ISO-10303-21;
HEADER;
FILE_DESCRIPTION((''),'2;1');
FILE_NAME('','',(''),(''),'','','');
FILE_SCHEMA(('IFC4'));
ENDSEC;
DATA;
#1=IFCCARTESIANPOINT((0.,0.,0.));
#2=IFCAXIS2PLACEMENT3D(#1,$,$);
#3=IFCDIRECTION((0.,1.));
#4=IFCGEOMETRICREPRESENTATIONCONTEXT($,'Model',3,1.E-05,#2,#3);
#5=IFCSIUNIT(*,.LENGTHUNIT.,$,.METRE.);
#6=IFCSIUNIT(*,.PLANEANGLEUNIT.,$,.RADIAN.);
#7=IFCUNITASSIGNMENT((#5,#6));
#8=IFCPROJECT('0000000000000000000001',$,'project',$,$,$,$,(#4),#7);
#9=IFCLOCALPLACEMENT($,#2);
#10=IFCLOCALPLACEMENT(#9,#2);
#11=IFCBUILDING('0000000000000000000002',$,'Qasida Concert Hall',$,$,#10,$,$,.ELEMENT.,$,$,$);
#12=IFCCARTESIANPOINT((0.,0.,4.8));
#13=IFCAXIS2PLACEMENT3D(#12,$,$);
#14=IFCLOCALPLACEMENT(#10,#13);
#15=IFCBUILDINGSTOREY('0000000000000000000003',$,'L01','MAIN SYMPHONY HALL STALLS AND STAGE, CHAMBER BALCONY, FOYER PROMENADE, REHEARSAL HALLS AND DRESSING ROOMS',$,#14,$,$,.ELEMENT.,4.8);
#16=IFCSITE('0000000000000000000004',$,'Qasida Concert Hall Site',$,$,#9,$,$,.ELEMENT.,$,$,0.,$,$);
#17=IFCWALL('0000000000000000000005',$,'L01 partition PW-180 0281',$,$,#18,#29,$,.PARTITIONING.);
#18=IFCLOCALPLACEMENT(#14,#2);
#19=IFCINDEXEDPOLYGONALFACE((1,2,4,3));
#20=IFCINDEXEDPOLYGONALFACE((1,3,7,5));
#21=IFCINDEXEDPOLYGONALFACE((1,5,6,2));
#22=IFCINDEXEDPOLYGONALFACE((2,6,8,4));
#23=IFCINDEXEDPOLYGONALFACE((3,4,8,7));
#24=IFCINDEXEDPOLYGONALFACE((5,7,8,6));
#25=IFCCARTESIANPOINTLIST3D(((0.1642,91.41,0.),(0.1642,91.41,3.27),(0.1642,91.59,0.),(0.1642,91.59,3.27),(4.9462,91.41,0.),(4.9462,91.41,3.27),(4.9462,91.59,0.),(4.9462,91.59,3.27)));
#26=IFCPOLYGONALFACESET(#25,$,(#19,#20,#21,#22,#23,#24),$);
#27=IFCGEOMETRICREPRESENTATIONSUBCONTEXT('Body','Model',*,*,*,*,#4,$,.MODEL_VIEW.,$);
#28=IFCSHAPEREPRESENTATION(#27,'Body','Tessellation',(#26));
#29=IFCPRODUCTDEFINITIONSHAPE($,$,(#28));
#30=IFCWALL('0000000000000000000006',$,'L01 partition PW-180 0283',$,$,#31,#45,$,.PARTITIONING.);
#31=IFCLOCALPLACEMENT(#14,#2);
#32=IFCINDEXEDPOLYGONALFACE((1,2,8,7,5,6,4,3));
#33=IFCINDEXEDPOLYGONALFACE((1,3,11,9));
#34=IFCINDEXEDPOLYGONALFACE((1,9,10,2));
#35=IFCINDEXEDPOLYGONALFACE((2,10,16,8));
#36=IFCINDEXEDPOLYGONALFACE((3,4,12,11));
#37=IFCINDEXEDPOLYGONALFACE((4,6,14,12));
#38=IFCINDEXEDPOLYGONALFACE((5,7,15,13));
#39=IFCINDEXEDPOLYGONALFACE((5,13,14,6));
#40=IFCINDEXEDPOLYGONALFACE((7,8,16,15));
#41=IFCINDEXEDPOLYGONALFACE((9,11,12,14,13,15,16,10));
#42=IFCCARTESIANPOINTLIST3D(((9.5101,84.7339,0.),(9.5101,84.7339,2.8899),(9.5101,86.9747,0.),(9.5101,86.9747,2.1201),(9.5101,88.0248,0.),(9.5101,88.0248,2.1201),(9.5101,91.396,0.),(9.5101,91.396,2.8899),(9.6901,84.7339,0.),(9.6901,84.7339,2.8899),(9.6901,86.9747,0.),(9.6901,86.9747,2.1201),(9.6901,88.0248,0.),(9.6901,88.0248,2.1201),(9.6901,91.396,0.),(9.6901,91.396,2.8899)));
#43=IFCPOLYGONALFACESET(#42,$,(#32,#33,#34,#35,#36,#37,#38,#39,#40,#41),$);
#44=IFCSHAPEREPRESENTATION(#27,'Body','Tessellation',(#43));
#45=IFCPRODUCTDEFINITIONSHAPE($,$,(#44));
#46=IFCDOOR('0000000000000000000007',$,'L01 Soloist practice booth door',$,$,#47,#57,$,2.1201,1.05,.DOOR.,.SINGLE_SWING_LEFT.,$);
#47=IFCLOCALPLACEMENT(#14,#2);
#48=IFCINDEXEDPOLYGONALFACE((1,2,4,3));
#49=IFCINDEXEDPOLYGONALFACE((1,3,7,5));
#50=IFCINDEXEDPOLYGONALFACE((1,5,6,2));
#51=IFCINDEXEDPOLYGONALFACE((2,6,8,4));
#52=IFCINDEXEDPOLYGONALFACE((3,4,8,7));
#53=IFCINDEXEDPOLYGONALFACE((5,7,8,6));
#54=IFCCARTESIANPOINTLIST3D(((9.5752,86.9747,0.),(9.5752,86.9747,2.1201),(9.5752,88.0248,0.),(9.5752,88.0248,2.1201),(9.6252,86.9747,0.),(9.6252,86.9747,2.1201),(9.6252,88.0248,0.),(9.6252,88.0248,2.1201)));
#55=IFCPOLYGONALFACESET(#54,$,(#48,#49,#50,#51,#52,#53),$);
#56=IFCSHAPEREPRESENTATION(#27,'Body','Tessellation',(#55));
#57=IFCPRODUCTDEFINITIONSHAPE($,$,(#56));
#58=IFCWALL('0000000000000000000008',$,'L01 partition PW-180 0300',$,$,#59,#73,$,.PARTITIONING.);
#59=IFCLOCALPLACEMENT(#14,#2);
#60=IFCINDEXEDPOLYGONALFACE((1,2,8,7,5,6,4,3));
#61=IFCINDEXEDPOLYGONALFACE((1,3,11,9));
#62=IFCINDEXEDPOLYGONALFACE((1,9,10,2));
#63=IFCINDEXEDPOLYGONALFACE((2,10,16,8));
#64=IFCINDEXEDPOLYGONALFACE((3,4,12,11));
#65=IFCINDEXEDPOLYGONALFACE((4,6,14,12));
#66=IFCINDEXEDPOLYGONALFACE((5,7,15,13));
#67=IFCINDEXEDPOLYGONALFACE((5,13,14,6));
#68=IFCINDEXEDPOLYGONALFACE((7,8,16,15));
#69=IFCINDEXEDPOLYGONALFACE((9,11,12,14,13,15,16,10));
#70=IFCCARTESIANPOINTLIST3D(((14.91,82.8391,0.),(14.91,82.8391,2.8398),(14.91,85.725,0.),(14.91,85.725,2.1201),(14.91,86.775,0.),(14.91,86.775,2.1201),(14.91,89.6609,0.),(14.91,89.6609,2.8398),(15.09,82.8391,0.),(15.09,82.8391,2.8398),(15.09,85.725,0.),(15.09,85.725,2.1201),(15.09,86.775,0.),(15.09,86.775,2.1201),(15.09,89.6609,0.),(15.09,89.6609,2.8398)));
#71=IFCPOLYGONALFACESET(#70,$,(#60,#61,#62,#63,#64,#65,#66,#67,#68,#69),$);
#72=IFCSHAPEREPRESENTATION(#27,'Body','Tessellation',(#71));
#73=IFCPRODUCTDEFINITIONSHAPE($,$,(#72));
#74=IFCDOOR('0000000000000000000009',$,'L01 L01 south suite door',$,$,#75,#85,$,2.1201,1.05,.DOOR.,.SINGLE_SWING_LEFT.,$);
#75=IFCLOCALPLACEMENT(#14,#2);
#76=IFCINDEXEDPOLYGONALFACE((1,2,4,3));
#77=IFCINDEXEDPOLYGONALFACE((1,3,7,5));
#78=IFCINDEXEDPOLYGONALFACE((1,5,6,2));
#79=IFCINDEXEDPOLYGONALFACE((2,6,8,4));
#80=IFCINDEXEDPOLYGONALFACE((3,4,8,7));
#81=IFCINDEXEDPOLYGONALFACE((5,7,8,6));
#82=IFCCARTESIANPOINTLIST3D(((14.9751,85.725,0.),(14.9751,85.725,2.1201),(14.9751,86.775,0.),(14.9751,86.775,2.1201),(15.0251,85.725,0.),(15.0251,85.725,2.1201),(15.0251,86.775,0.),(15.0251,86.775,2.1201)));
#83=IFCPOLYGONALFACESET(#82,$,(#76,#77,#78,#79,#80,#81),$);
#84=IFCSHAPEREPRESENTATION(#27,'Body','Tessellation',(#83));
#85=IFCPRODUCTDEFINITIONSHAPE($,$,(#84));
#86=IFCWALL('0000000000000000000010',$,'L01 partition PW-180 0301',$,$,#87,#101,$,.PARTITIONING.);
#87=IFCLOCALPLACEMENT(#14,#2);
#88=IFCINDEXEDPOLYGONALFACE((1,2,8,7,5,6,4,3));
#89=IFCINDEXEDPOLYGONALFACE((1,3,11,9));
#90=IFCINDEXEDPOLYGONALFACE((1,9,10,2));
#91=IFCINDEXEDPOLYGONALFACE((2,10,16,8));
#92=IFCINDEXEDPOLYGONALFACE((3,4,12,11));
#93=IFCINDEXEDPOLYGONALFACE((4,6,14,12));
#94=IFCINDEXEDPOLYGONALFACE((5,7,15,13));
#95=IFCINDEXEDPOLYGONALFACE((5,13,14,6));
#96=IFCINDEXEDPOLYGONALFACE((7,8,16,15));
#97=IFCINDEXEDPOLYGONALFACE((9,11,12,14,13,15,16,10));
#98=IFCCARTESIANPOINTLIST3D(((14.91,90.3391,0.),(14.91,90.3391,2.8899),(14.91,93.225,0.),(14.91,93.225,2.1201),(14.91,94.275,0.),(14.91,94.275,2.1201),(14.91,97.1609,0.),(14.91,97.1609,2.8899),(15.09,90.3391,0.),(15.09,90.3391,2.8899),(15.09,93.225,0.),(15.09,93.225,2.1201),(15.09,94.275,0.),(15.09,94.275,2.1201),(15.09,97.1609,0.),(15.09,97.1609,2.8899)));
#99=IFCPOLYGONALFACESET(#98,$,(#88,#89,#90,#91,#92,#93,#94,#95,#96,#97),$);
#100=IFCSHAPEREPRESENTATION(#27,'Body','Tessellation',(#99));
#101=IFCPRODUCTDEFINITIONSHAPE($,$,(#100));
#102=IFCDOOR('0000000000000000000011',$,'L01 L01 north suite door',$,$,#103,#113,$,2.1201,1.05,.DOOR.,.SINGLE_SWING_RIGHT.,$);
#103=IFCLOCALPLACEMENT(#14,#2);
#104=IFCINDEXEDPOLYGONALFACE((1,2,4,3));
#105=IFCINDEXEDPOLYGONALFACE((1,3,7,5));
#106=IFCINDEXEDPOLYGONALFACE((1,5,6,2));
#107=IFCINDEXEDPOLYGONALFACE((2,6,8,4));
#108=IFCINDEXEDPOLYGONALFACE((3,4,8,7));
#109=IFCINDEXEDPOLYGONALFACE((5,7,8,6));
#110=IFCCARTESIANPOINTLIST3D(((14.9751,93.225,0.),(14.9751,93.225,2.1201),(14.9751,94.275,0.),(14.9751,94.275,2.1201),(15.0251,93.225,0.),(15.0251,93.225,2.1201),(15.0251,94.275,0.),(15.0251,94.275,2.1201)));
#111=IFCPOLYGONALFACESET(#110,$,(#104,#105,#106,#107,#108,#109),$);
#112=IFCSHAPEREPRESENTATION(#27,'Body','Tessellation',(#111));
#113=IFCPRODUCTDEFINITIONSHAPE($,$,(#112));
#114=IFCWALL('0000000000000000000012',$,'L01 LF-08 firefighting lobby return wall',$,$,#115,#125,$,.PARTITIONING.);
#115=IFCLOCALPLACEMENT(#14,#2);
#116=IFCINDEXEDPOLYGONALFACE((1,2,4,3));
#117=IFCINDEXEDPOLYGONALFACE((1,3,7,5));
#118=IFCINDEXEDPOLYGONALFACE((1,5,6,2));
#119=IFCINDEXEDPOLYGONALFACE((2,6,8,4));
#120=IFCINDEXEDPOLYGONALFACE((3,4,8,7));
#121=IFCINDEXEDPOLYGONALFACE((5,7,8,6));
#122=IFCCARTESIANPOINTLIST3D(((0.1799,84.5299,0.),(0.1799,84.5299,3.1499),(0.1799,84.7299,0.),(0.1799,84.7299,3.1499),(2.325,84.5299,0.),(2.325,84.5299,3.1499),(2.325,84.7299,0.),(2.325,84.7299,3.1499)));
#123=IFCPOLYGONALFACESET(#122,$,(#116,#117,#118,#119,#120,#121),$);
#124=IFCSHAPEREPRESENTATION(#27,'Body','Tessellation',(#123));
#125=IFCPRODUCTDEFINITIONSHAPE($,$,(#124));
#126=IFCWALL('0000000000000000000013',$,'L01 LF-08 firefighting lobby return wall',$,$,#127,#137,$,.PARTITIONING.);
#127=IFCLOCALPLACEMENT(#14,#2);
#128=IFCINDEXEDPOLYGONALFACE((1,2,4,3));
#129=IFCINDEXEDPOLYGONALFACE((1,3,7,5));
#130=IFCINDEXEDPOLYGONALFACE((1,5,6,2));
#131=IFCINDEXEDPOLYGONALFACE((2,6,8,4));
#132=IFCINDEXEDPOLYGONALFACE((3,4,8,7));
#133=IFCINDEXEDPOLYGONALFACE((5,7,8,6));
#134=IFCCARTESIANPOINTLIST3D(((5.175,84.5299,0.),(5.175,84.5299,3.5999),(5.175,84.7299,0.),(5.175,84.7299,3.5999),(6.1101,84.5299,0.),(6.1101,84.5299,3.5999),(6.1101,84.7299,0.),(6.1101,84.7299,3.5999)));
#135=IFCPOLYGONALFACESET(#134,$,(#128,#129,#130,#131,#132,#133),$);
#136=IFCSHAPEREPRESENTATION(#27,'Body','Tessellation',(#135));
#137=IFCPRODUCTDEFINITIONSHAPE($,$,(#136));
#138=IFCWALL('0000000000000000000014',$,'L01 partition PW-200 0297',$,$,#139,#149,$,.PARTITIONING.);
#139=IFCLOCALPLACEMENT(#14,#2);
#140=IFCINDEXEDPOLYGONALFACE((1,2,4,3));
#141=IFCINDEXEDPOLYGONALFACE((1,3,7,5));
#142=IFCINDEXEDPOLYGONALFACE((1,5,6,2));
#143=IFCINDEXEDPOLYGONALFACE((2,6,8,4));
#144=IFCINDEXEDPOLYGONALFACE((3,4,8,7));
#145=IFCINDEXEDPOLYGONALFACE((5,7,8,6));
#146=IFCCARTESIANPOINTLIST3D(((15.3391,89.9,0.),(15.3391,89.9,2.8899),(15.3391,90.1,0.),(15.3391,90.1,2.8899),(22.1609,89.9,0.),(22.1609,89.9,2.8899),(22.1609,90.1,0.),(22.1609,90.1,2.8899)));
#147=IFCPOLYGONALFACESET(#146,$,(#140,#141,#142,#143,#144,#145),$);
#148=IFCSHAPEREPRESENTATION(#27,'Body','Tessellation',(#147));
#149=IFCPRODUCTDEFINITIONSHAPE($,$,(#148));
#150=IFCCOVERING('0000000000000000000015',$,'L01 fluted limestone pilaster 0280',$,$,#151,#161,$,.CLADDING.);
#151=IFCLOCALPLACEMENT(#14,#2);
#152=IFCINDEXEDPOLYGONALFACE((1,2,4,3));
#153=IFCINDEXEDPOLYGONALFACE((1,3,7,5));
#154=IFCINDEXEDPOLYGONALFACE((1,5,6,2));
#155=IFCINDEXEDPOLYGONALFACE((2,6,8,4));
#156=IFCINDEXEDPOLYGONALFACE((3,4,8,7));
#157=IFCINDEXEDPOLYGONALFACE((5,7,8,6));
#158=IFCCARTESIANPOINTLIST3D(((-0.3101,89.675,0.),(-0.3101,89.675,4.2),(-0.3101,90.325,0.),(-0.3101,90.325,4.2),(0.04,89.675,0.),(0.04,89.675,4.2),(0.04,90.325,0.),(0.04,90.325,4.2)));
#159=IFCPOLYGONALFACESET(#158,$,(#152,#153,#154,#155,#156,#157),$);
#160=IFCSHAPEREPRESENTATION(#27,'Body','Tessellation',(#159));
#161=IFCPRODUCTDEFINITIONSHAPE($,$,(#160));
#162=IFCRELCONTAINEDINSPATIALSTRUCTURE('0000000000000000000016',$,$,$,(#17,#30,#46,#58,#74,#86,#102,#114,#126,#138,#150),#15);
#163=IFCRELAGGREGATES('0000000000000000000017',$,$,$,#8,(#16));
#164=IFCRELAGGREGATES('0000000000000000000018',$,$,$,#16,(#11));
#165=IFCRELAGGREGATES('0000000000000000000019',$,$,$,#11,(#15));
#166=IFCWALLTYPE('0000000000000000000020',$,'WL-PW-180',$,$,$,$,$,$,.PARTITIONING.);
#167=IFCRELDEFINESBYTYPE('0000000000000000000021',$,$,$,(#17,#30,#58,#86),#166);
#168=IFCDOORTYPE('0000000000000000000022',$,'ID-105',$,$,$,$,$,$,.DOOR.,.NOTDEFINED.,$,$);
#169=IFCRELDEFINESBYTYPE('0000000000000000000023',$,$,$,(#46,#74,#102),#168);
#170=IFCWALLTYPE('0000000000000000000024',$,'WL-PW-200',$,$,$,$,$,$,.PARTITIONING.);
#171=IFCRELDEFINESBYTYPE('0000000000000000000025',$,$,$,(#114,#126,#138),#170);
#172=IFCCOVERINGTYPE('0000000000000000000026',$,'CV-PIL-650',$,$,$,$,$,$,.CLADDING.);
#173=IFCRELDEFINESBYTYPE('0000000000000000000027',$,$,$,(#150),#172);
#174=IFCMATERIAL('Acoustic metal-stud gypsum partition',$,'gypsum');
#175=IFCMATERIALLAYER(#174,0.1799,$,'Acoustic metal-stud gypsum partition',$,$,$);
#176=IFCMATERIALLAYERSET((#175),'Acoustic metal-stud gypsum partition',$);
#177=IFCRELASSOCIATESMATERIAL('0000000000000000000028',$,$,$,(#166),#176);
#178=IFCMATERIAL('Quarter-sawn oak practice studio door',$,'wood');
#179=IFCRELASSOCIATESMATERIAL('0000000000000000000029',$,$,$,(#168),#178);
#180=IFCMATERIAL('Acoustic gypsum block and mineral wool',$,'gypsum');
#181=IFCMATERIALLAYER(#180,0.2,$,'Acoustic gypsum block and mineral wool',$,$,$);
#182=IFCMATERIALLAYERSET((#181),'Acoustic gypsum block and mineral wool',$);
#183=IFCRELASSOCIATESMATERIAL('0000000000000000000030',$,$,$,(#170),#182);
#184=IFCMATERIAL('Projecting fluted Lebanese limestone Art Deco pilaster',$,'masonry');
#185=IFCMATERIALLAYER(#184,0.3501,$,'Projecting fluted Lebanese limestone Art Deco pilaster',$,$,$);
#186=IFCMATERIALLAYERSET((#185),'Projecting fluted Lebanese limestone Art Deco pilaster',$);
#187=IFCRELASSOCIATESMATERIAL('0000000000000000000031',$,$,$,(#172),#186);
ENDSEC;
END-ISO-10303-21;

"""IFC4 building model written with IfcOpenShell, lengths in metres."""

from ifc_helpers import new_model, si_unit, direction, frame, frame_2d, origin, origin_2d, place, context, subcontext, project, spatial, rectangle, extrude, material, layer, layer_set, type_object, element, fill, save


model = new_model("IFC4")

# Units and contexts
model_context = context("Model", 3, precision=1e-05, world=origin(), true_north=direction((0.0, 1.0)))
body_context = subcontext(model_context, "Body", "Model", "MODEL_VIEW")
ifc_project = project(units=[si_unit("LENGTHUNIT", "METRE"), si_unit("PLANEANGLEUNIT", "RADIAN")], contexts=[model_context])

# Site, building, storey
site_placement = place(None, origin())
site = spatial("IfcSite", under=ifc_project, at=site_placement, Name="Qasida Concert Hall Site", CompositionType="ELEMENT", RefElevation=0.0)
building_placement = place(site_placement, origin())
building = spatial("IfcBuilding", under=site, at=building_placement, Name="Qasida Concert Hall", CompositionType="ELEMENT")
storey_placement = place(building_placement, frame((0.0, 0.0, 4.8)))
storey = spatial("IfcBuildingStorey", under=building, at=storey_placement, Name="L01", Description="MAIN SYMPHONY HALL STALLS AND STAGE, CHAMBER BALCONY, FOYER PROMENADE, REHEARSAL HALLS AND DRESSING ROOMS", CompositionType="ELEMENT", Elevation=4.8)

# Wall
ifc_material_1 = material(Name="Acoustic metal-stud gypsum partition", Category="gypsum")
ifc_layer_1 = layer(ifc_material_1, 0.1799, Name="Acoustic metal-stud gypsum partition")
ifc_layer_set_1 = layer_set([ifc_layer_1], Name="Acoustic metal-stud gypsum partition")
wall_type_1 = type_object("IfcWallType", Name="WL-PW-180", PredefinedType="PARTITIONING", material=ifc_layer_set_1)
wall_1_placement = place(storey_placement, frame((0.1641, 91.5, 0.0), z_axis=(0.0, 0.0, 1.0), x_axis=(1.0, 0.0, 0.0)))
element("IfcWall", 1, at=wall_1_placement, inside=storey, type_object=wall_type_1, Name="L01 partition PW-180 0281", PredefinedType="PARTITIONING", context=body_context, shape_type="SweptSolid", body=[
    extrude(rectangle(XDim=4.782, YDim=0.1799, at=frame_2d((2.3911, 0.0))), origin(), (0.0, 0.0, 1.0), 3.27),
])

# Walls, openings, doors
wall_2_placement = place(storey_placement, frame((9.6001, 84.7339, 0.0), z_axis=(0.0, 0.0, 1.0), x_axis=(0.0, 1.0, 0.0)))
wall_2 = element("IfcWall", 2, at=wall_2_placement, inside=storey, type_object=wall_type_1, Name="L01 partition PW-180 0283", PredefinedType="PARTITIONING", context=body_context, shape_type="SweptSolid", body=[
    extrude(rectangle(XDim=6.6621, YDim=0.1799, at=frame_2d((3.3311, 0.0))), origin(), (0.0, 0.0, 1.0), 2.8899),
])
opening_1_placement = place(wall_2_placement, frame((2.241, 0.0, 0.0)))
opening_1 = element("IfcOpeningElement", 3, at=opening_1_placement, cuts=wall_2, PredefinedType="OPENING", context=body_context, shape_type="SweptSolid", body=[
    extrude(rectangle(XDim=1.05, YDim=2.1201, at=frame_2d((0.5249, 1.0601))), frame((0.0, 0.0999, 0.0), z_axis=(0.0, -1.0, 0.0), x_axis=(1.0, 0.0, 0.0)), (0.0, 0.0, 1.0), 0.2),
])
ifc_material_2 = material(Name="Quarter-sawn oak practice studio door", Category="wood")
door_type_1 = type_object("IfcDoorType", Name="ID-105", OperationType="NOTDEFINED", PredefinedType="DOOR", material=ifc_material_2)
door_1_placement = place(opening_1_placement, origin())
door_1 = element("IfcDoor", 4, at=door_1_placement, inside=storey, type_object=door_type_1, Name="L01 Soloist practice booth door", OperationType="SINGLE_SWING_LEFT", OverallHeight=2.1201, OverallWidth=1.05, PredefinedType="DOOR", context=body_context, shape_type="SweptSolid", body=[
    extrude(rectangle(XDim=1.05, YDim=2.1201, at=frame_2d((0.5249, 1.0601))), frame((0.0, 0.0249, 0.0), z_axis=(0.0, -1.0, 0.0), x_axis=(1.0, 0.0, 0.0)), (0.0, 0.0, 1.0), 0.05),
])
fill(opening_1, door_1)
wall_3_placement = place(storey_placement, frame((15.0, 82.8391, 0.0), z_axis=(0.0, 0.0, 1.0), x_axis=(0.0, 1.0, 0.0)))
wall_3 = element("IfcWall", 5, at=wall_3_placement, inside=storey, type_object=wall_type_1, Name="L01 partition PW-180 0300", PredefinedType="PARTITIONING", context=body_context, shape_type="SweptSolid", body=[
    extrude(rectangle(XDim=6.8218, YDim=0.1799, at=frame_2d((3.4109, 0.0))), origin(), (0.0, 0.0, 1.0), 2.8398),
])
opening_2_placement = place(wall_3_placement, frame((2.886, 0.0, 0.0)))
opening_2 = element("IfcOpeningElement", 6, at=opening_2_placement, cuts=wall_3, PredefinedType="OPENING", context=body_context, shape_type="SweptSolid", body=[
    extrude(rectangle(XDim=1.05, YDim=2.1201, at=frame_2d((0.5249, 1.0601))), frame((0.0, 0.0999, 0.0), z_axis=(0.0, -1.0, 0.0), x_axis=(1.0, 0.0, 0.0)), (0.0, 0.0, 1.0), 0.2),
])
door_2_placement = place(opening_2_placement, origin())
door_2 = element("IfcDoor", 7, at=door_2_placement, inside=storey, type_object=door_type_1, Name="L01 L01 south suite door", OperationType="SINGLE_SWING_LEFT", OverallHeight=2.1201, OverallWidth=1.05, PredefinedType="DOOR", context=body_context, shape_type="SweptSolid", body=[
    extrude(rectangle(XDim=1.05, YDim=2.1201, at=frame_2d((0.5249, 1.0601))), frame((0.0, 0.0249, 0.0), z_axis=(0.0, -1.0, 0.0), x_axis=(1.0, 0.0, 0.0)), (0.0, 0.0, 1.0), 0.05),
])
fill(opening_2, door_2)
wall_4_placement = place(storey_placement, frame((15.0, 90.3391, 0.0), z_axis=(0.0, 0.0, 1.0), x_axis=(0.0, 1.0, 0.0)))
wall_4 = element("IfcWall", 8, at=wall_4_placement, inside=storey, type_object=wall_type_1, Name="L01 partition PW-180 0301", PredefinedType="PARTITIONING", context=body_context, shape_type="SweptSolid", body=[
    extrude(rectangle(XDim=6.8218, YDim=0.1799, at=frame_2d((3.4109, 0.0))), origin(), (0.0, 0.0, 1.0), 2.8899),
])
opening_3_placement = place(wall_4_placement, frame((2.886, 0.0, 0.0)))
opening_3 = element("IfcOpeningElement", 9, at=opening_3_placement, cuts=wall_4, PredefinedType="OPENING", context=body_context, shape_type="SweptSolid", body=[
    extrude(rectangle(XDim=1.05, YDim=2.1201, at=frame_2d((0.5249, 1.0601))), frame((0.0, 0.0999, 0.0), z_axis=(0.0, -1.0, 0.0), x_axis=(1.0, 0.0, 0.0)), (0.0, 0.0, 1.0), 0.2),
])
door_3_placement = place(opening_3_placement, origin())
door_3 = element("IfcDoor", 10, at=door_3_placement, inside=storey, type_object=door_type_1, Name="L01 L01 north suite door", OperationType="SINGLE_SWING_RIGHT", OverallHeight=2.1201, OverallWidth=1.05, PredefinedType="DOOR", context=body_context, shape_type="SweptSolid", body=[
    extrude(rectangle(XDim=1.05, YDim=2.1201, at=frame_2d((0.5249, 1.0601))), frame((0.0, 0.0249, 0.0), z_axis=(0.0, -1.0, 0.0), x_axis=(1.0, 0.0, 0.0)), (0.0, 0.0, 1.0), 0.05),
])
fill(opening_3, door_3)

# Walls
ifc_material_3 = material(Name="Acoustic gypsum block and mineral wool", Category="gypsum")
ifc_layer_2 = layer(ifc_material_3, 0.2, Name="Acoustic gypsum block and mineral wool")
ifc_layer_set_2 = layer_set([ifc_layer_2], Name="Acoustic gypsum block and mineral wool")
wall_type_2 = type_object("IfcWallType", Name="WL-PW-200", PredefinedType="PARTITIONING", material=ifc_layer_set_2)
wall_5_placement = place(storey_placement, frame((0.1799, 84.6299, 0.0), z_axis=(0.0, 0.0, 1.0), x_axis=(1.0, 0.0, 0.0)))
element("IfcWall", 11, at=wall_5_placement, inside=storey, type_object=wall_type_2, Name="L01 LF-08 firefighting lobby return wall", PredefinedType="PARTITIONING", context=body_context, shape_type="SweptSolid", body=[
    extrude(rectangle(XDim=2.145, YDim=0.2, at=frame_2d((1.0725, 0.0))), origin(), (0.0, 0.0, 1.0), 3.1499),
])
wall_6_placement = place(storey_placement, frame((5.175, 84.6299, 0.0), z_axis=(0.0, 0.0, 1.0), x_axis=(1.0, 0.0, 0.0)))
element("IfcWall", 12, at=wall_6_placement, inside=storey, type_object=wall_type_2, Name="L01 LF-08 firefighting lobby return wall", PredefinedType="PARTITIONING", context=body_context, shape_type="SweptSolid", body=[
    extrude(rectangle(XDim=0.9351, YDim=0.2, at=frame_2d((0.4675, 0.0))), origin(), (0.0, 0.0, 1.0), 3.5999),
])
wall_7_placement = place(storey_placement, frame((15.3391, 90.0, 0.0), z_axis=(0.0, 0.0, 1.0), x_axis=(1.0, 0.0, 0.0)))
element("IfcWall", 13, at=wall_7_placement, inside=storey, type_object=wall_type_2, Name="L01 partition PW-200 0297", PredefinedType="PARTITIONING", context=body_context, shape_type="SweptSolid", body=[
    extrude(rectangle(XDim=6.8218, YDim=0.2, at=frame_2d((3.4109, 0.0))), origin(), (0.0, 0.0, 1.0), 2.8899),
])

# Covering
ifc_material_4 = material(Name="Projecting fluted Lebanese limestone Art Deco pilaster", Category="masonry")
ifc_layer_3 = layer(ifc_material_4, 0.3501, Name="Projecting fluted Lebanese limestone Art Deco pilaster")
ifc_layer_set_3 = layer_set([ifc_layer_3], Name="Projecting fluted Lebanese limestone Art Deco pilaster")
covering_type = type_object("IfcCoveringType", Name="CV-PIL-650", PredefinedType="CLADDING", material=ifc_layer_set_3)
covering_placement = place(storey_placement, frame((-0.135, 90.0, 0.0), z_axis=(0.0, 0.0, 1.0), x_axis=(1.0, 0.0, 0.0)))
element("IfcCovering", 14, at=covering_placement, inside=storey, type_object=covering_type, Name="L01 fluted limestone pilaster 0280", PredefinedType="CLADDING", context=body_context, shape_type="SweptSolid", body=[
    extrude(rectangle(XDim=0.3501, YDim=0.6499, at=origin_2d()), origin(), (0.0, 0.0, 1.0), 4.2),
])

save(model, "model.ifc")
